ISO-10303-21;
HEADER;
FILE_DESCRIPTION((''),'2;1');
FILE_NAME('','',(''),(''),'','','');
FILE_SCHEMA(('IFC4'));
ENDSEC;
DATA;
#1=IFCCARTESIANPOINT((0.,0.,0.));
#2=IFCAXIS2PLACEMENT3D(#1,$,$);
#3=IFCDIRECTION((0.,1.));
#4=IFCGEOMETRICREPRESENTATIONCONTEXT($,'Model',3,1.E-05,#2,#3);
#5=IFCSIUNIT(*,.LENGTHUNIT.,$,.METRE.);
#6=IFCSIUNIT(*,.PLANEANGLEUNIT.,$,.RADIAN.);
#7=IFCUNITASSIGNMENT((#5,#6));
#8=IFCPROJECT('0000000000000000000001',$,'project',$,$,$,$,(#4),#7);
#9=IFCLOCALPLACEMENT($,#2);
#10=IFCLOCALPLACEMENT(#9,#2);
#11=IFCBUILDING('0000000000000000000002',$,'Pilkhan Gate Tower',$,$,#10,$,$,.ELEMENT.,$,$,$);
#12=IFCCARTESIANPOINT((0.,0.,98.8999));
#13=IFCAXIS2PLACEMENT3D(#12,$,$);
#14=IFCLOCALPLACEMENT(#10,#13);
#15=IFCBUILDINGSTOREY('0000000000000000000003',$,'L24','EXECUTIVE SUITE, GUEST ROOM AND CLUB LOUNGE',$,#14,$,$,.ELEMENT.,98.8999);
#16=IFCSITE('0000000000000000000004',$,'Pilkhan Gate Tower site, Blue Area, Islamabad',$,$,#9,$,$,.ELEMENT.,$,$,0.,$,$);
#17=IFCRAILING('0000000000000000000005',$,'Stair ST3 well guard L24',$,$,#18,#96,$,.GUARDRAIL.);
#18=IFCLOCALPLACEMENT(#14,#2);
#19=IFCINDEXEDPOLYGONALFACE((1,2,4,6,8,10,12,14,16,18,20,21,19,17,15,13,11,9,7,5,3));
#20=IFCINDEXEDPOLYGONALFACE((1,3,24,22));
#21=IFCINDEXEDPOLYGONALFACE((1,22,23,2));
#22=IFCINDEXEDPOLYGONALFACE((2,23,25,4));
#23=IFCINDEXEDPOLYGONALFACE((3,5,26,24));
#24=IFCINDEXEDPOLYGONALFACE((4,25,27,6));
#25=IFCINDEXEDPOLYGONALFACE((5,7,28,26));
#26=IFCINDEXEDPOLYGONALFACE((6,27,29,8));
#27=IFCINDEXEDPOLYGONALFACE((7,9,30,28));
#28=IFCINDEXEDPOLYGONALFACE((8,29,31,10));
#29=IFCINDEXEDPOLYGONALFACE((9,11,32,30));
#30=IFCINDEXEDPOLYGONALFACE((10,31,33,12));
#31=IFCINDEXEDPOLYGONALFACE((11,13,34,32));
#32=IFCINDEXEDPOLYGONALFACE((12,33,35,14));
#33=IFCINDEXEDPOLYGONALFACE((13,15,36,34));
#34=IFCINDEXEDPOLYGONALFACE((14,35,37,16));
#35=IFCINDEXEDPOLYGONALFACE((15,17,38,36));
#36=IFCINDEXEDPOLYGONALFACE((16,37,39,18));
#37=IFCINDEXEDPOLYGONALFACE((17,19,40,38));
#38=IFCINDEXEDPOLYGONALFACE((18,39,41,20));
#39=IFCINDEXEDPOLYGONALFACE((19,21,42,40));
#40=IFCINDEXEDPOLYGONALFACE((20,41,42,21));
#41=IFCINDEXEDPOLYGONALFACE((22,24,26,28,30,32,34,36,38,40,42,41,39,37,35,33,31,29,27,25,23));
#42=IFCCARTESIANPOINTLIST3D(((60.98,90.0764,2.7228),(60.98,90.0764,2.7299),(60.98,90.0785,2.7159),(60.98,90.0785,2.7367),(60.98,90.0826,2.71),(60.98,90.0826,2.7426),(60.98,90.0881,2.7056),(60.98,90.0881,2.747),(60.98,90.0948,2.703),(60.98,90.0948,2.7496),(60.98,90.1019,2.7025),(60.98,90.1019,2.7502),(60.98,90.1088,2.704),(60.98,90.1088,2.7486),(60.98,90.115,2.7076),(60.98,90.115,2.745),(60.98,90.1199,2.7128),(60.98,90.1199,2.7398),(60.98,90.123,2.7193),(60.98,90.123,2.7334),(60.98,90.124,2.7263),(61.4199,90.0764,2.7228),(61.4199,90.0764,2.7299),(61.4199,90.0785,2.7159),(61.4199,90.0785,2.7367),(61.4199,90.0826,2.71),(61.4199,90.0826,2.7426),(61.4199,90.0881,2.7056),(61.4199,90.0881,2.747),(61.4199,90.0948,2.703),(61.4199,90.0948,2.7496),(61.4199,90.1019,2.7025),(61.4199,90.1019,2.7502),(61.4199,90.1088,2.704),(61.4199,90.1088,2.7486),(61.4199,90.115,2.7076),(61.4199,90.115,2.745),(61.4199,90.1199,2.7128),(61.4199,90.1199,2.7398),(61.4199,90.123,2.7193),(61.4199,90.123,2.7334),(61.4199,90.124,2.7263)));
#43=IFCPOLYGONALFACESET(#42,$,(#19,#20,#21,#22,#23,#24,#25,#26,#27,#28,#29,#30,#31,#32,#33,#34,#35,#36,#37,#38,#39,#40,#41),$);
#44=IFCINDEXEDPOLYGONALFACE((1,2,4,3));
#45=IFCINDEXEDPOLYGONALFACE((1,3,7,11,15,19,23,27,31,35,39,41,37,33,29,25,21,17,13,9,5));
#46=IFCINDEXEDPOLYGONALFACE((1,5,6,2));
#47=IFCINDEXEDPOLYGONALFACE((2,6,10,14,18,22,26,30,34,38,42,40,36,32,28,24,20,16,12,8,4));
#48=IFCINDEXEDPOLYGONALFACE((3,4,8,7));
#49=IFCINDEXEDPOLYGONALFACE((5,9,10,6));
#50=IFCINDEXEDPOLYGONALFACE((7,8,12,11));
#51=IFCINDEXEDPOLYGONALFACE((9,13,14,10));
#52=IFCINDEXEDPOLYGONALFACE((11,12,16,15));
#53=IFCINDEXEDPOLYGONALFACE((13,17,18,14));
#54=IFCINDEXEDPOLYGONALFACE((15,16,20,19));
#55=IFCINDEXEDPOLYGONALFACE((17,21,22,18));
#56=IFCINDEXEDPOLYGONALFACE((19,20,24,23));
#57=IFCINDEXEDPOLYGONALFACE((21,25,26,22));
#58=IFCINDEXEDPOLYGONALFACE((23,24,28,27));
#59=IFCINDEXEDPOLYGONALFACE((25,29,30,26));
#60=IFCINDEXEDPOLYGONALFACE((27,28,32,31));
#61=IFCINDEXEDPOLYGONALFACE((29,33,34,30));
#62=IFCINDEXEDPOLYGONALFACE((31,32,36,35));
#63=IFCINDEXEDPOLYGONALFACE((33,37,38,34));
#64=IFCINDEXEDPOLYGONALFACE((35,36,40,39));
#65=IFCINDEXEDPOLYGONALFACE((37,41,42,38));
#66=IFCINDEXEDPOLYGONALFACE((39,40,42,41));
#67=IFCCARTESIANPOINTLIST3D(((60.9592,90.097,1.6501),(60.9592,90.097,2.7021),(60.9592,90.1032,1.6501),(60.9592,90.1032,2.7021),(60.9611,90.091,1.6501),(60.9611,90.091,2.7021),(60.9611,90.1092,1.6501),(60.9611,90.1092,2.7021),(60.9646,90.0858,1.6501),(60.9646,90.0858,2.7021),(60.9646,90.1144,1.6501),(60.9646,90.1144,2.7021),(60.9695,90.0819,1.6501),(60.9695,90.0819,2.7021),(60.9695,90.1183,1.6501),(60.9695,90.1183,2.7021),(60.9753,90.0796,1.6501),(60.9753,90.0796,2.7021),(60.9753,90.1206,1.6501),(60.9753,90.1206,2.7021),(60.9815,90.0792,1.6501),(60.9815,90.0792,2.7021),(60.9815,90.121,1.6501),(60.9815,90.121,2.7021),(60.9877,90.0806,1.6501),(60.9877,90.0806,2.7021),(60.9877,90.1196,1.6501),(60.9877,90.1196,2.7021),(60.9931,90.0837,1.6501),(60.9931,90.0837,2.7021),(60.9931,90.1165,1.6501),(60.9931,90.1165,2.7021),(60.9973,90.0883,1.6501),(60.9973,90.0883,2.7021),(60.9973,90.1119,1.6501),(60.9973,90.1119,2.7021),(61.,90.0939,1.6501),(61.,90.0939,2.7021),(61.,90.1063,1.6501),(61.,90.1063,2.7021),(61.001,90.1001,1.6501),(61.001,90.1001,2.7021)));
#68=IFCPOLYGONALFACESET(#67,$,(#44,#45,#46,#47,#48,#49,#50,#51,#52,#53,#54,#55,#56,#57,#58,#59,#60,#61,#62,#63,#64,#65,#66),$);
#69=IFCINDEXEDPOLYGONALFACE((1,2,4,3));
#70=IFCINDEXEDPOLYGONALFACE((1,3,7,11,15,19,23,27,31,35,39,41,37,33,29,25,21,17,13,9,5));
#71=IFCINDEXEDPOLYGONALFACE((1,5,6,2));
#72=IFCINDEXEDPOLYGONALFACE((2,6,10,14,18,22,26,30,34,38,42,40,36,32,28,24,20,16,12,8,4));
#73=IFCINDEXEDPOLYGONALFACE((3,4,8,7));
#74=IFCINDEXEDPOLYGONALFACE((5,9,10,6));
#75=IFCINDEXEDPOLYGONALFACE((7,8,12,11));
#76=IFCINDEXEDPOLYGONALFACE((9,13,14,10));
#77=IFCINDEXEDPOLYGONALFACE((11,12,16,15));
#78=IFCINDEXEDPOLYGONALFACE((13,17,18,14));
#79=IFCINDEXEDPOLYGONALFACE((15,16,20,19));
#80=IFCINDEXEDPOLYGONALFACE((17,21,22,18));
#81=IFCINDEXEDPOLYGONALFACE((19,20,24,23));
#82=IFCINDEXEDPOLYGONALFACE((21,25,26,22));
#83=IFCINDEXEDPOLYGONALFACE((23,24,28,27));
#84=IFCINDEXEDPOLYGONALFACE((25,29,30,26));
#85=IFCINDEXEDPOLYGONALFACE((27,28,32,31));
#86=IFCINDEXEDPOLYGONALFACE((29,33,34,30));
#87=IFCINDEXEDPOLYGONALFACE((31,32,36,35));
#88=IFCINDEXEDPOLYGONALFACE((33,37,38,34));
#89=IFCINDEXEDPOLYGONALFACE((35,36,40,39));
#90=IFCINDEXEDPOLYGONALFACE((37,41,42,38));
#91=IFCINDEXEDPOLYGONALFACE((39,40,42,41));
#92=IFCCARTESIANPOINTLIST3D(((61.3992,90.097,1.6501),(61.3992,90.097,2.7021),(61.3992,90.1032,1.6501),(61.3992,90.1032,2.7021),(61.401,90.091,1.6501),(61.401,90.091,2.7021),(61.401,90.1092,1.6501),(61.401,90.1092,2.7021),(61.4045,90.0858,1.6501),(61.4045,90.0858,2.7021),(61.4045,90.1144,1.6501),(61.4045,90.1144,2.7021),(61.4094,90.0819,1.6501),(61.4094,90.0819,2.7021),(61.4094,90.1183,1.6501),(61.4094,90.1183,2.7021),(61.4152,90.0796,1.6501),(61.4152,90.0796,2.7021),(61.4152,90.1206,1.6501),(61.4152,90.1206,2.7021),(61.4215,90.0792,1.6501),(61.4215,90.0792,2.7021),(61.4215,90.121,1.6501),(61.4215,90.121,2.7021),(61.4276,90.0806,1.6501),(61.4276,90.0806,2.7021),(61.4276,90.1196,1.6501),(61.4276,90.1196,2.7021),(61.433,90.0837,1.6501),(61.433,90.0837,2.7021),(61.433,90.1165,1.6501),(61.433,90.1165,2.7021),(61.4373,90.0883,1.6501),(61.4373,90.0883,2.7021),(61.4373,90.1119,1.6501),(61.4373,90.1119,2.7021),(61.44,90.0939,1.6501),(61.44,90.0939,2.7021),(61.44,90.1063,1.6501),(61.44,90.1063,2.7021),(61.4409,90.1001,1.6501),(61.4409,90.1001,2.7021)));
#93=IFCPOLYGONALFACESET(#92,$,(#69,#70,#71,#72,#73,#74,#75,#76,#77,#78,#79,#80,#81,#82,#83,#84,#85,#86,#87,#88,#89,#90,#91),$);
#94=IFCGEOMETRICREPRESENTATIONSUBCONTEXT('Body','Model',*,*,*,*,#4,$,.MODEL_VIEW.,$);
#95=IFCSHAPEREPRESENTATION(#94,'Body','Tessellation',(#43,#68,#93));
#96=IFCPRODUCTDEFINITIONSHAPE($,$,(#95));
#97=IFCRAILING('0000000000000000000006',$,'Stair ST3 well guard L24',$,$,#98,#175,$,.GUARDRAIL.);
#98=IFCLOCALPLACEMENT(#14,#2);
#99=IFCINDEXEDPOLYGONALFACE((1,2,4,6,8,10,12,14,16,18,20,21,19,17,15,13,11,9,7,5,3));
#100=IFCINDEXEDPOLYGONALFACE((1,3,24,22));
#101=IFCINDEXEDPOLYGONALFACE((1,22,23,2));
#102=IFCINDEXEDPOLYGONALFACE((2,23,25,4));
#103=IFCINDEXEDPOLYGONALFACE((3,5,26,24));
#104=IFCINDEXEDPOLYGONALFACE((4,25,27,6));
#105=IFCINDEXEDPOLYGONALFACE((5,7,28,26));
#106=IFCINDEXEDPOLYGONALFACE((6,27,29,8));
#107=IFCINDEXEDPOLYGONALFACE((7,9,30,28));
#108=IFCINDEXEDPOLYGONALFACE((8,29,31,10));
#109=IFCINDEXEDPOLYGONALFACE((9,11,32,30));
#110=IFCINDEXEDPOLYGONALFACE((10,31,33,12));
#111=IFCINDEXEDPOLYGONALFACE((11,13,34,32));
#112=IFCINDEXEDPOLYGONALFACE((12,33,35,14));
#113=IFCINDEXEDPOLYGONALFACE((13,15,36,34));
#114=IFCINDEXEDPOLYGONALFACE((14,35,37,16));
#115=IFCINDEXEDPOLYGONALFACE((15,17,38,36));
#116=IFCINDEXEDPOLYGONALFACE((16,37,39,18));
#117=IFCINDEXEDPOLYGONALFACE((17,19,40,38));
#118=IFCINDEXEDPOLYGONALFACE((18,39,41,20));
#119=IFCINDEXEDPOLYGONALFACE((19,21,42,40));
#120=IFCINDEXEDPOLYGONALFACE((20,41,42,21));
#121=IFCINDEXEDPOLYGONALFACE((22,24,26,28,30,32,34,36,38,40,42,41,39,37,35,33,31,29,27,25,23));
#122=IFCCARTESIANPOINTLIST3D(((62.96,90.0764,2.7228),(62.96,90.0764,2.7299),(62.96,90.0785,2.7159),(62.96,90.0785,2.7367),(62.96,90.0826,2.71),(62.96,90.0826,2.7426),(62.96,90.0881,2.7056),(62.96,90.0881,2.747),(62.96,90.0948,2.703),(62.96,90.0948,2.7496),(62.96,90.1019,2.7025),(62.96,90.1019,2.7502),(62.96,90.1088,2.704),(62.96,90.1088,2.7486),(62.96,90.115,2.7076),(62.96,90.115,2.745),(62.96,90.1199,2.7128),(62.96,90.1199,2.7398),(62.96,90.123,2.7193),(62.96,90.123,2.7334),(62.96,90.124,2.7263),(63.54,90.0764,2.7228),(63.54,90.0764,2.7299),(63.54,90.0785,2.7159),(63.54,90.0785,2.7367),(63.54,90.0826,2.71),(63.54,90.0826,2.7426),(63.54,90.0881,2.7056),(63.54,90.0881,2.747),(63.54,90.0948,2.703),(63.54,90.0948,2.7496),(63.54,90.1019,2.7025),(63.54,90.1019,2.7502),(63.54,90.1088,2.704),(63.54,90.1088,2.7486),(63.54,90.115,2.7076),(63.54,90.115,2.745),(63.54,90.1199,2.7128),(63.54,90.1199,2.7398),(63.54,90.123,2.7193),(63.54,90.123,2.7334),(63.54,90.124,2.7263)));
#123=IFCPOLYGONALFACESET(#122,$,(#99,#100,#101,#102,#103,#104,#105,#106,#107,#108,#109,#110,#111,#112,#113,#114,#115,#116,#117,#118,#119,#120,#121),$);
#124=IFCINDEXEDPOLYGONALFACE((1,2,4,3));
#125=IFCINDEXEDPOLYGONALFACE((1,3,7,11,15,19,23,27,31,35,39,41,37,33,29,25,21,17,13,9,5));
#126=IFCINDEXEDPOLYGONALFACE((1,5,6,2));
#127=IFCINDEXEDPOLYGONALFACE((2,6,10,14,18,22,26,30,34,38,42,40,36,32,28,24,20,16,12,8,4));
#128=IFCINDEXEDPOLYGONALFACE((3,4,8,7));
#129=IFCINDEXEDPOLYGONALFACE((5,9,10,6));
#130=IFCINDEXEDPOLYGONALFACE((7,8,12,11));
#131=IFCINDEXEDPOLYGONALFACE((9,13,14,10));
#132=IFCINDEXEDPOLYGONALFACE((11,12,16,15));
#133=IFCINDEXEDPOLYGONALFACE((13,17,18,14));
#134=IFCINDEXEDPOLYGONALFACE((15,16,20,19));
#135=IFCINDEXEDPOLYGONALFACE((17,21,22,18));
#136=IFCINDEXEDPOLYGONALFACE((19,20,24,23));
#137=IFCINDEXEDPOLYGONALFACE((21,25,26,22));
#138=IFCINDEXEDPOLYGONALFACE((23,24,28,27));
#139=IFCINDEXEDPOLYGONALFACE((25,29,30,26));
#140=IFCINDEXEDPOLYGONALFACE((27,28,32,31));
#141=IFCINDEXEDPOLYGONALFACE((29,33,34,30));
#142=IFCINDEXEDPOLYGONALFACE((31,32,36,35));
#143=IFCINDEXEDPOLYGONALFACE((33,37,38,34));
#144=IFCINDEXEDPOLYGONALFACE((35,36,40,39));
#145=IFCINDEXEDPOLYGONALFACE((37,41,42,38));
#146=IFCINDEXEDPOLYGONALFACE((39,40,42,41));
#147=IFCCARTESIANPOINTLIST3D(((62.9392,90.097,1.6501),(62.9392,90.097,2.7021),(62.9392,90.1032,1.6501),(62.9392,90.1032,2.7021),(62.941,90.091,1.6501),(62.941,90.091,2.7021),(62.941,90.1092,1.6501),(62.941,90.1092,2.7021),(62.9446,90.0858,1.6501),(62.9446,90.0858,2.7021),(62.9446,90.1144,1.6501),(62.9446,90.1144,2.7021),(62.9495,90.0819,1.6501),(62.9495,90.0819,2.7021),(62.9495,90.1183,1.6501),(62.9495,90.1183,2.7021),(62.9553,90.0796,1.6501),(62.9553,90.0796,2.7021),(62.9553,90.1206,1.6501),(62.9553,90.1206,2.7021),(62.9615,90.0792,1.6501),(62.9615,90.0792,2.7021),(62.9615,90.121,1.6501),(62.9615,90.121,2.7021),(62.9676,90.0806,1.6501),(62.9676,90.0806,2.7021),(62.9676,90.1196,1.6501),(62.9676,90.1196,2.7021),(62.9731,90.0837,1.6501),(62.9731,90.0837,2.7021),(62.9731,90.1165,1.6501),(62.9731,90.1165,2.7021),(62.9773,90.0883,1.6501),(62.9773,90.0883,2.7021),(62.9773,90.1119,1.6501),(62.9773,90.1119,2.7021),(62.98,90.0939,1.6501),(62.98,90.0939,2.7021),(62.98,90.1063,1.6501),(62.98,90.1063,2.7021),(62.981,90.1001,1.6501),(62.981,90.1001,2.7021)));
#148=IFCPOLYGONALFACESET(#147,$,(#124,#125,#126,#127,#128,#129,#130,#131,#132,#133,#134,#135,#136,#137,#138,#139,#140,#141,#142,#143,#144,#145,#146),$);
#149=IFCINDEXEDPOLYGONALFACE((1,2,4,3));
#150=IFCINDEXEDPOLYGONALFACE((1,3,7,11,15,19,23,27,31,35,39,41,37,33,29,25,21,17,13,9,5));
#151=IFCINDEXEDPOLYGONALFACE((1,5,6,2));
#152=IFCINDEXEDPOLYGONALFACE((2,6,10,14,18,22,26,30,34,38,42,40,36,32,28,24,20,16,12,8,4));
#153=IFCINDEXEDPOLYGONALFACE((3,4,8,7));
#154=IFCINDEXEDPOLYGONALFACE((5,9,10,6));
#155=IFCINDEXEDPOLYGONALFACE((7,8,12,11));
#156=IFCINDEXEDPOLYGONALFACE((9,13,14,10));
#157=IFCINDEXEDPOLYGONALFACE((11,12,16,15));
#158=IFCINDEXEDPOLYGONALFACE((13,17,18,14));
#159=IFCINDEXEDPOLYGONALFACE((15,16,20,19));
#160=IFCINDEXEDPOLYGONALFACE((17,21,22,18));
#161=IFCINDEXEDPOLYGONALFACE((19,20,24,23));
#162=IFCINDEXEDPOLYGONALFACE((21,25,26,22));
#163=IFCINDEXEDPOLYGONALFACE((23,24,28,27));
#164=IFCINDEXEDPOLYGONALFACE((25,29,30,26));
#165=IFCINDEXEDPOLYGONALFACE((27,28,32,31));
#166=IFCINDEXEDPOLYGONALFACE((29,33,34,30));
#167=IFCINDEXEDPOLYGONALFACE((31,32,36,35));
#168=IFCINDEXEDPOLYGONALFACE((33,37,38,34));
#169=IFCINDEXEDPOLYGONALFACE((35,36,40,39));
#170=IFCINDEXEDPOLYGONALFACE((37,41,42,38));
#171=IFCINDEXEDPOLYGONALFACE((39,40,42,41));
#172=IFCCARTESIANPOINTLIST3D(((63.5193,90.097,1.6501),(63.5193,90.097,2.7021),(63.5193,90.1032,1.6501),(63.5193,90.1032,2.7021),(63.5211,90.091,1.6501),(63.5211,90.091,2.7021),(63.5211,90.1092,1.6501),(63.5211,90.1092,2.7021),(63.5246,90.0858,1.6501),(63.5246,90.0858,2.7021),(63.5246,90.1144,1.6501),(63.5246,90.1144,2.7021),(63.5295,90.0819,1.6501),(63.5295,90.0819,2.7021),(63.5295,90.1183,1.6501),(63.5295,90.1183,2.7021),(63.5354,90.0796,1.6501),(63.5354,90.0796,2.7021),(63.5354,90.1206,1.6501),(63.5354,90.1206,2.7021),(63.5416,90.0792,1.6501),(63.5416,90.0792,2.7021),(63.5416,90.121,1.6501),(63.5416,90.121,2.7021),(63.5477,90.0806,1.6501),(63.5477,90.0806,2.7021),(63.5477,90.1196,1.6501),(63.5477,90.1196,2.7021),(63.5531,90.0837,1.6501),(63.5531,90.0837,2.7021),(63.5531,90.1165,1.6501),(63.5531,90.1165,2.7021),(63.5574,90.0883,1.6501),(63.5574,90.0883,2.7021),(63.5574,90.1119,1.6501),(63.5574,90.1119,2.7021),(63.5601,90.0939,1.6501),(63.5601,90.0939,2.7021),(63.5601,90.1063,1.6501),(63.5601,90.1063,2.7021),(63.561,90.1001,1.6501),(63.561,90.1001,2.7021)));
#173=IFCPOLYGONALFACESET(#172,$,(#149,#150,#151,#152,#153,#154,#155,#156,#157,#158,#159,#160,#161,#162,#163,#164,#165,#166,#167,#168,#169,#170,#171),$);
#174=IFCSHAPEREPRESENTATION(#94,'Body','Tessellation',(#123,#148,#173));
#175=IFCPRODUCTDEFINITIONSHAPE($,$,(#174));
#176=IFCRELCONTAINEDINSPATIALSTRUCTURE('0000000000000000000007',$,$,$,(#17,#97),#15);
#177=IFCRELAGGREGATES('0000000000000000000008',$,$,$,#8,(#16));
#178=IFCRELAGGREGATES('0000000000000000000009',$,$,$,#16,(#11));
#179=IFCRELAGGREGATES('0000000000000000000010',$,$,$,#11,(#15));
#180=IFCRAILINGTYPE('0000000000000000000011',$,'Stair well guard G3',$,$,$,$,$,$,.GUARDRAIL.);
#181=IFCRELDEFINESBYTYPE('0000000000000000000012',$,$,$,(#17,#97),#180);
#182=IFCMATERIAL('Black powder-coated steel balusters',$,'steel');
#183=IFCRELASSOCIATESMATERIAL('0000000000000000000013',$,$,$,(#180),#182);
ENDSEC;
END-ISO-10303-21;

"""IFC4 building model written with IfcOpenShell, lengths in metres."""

from ifc_helpers import new_model, si_unit, direction, frame, origin, origin_2d, place, context, subcontext, project, spatial, circle, extrude, material, type_object, element, save


model = new_model("IFC4")

# Units and contexts
model_context = context("Model", 3, precision=1e-05, world=origin(), true_north=direction((0.0, 1.0)))
body_context = subcontext(model_context, "Body", "Model", "MODEL_VIEW")
ifc_project = project(units=[si_unit("LENGTHUNIT", "METRE"), si_unit("PLANEANGLEUNIT", "RADIAN")], contexts=[model_context])

# Site, building, storey
site_placement = place(None, origin())
site = spatial("IfcSite", under=ifc_project, at=site_placement, Name="Pilkhan Gate Tower site, Blue Area, Islamabad", CompositionType="ELEMENT", RefElevation=0.0)
building_placement = place(site_placement, origin())
building = spatial("IfcBuilding", under=site, at=building_placement, Name="Pilkhan Gate Tower", CompositionType="ELEMENT")
storey_placement = place(building_placement, frame((0.0, 0.0, 98.8999)))
storey = spatial("IfcBuildingStorey", under=building, at=storey_placement, Name="L24", Description="EXECUTIVE SUITE, GUEST ROOM AND CLUB LOUNGE", CompositionType="ELEMENT", Elevation=98.8999)

# Railings
ifc_material_1 = material(Name="Black powder-coated steel balusters", Category="steel")
railing_type_1 = type_object("IfcRailingType", Name="Stair well guard G3", PredefinedType="GUARDRAIL", material=ifc_material_1)
railing_1_placement = place(storey_placement, frame((60.98, 90.1001, 1.6501)))
element("IfcRailing", 1, at=railing_1_placement, inside=storey, type_object=railing_type_1, Name="Stair ST3 well guard L24", PredefinedType="GUARDRAIL", context=body_context, shape_type="SweptSolid", body=[
    extrude(circle(Radius=0.0239, at=origin_2d()), frame((0.0, 0.0, 1.0762), z_axis=(1.0, 0.0, 0.0), x_axis=(0.0, 1.0, 0.0)), (0.0, 0.0, 1.0), 0.4399),
    extrude(circle(Radius=0.021, at=origin_2d()), origin(), (0.0, 0.0, 1.0), 1.052),
    extrude(circle(Radius=0.021, at=origin_2d()), frame((0.4399, 0.0, 0.0)), (0.0, 0.0, 1.0), 1.052),
])
railing_2_placement = place(storey_placement, frame((62.96, 90.1001, 1.6501)))
element("IfcRailing", 2, at=railing_2_placement, inside=storey, type_object=railing_type_1, Name="Stair ST3 well guard L24", PredefinedType="GUARDRAIL", context=body_context, shape_type="SweptSolid", body=[
    extrude(circle(Radius=0.0239, at=origin_2d()), frame((0.0, 0.0, 1.0762), z_axis=(1.0, 0.0, 0.0), x_axis=(0.0, 1.0, 0.0)), (0.0, 0.0, 1.0), 0.5801),
    extrude(circle(Radius=0.021, at=origin_2d()), origin(), (0.0, 0.0, 1.0), 1.052),
    extrude(circle(Radius=0.021, at=origin_2d()), frame((0.5801, 0.0, 0.0)), (0.0, 0.0, 1.0), 1.052),
])

save(model, "model.ifc")
